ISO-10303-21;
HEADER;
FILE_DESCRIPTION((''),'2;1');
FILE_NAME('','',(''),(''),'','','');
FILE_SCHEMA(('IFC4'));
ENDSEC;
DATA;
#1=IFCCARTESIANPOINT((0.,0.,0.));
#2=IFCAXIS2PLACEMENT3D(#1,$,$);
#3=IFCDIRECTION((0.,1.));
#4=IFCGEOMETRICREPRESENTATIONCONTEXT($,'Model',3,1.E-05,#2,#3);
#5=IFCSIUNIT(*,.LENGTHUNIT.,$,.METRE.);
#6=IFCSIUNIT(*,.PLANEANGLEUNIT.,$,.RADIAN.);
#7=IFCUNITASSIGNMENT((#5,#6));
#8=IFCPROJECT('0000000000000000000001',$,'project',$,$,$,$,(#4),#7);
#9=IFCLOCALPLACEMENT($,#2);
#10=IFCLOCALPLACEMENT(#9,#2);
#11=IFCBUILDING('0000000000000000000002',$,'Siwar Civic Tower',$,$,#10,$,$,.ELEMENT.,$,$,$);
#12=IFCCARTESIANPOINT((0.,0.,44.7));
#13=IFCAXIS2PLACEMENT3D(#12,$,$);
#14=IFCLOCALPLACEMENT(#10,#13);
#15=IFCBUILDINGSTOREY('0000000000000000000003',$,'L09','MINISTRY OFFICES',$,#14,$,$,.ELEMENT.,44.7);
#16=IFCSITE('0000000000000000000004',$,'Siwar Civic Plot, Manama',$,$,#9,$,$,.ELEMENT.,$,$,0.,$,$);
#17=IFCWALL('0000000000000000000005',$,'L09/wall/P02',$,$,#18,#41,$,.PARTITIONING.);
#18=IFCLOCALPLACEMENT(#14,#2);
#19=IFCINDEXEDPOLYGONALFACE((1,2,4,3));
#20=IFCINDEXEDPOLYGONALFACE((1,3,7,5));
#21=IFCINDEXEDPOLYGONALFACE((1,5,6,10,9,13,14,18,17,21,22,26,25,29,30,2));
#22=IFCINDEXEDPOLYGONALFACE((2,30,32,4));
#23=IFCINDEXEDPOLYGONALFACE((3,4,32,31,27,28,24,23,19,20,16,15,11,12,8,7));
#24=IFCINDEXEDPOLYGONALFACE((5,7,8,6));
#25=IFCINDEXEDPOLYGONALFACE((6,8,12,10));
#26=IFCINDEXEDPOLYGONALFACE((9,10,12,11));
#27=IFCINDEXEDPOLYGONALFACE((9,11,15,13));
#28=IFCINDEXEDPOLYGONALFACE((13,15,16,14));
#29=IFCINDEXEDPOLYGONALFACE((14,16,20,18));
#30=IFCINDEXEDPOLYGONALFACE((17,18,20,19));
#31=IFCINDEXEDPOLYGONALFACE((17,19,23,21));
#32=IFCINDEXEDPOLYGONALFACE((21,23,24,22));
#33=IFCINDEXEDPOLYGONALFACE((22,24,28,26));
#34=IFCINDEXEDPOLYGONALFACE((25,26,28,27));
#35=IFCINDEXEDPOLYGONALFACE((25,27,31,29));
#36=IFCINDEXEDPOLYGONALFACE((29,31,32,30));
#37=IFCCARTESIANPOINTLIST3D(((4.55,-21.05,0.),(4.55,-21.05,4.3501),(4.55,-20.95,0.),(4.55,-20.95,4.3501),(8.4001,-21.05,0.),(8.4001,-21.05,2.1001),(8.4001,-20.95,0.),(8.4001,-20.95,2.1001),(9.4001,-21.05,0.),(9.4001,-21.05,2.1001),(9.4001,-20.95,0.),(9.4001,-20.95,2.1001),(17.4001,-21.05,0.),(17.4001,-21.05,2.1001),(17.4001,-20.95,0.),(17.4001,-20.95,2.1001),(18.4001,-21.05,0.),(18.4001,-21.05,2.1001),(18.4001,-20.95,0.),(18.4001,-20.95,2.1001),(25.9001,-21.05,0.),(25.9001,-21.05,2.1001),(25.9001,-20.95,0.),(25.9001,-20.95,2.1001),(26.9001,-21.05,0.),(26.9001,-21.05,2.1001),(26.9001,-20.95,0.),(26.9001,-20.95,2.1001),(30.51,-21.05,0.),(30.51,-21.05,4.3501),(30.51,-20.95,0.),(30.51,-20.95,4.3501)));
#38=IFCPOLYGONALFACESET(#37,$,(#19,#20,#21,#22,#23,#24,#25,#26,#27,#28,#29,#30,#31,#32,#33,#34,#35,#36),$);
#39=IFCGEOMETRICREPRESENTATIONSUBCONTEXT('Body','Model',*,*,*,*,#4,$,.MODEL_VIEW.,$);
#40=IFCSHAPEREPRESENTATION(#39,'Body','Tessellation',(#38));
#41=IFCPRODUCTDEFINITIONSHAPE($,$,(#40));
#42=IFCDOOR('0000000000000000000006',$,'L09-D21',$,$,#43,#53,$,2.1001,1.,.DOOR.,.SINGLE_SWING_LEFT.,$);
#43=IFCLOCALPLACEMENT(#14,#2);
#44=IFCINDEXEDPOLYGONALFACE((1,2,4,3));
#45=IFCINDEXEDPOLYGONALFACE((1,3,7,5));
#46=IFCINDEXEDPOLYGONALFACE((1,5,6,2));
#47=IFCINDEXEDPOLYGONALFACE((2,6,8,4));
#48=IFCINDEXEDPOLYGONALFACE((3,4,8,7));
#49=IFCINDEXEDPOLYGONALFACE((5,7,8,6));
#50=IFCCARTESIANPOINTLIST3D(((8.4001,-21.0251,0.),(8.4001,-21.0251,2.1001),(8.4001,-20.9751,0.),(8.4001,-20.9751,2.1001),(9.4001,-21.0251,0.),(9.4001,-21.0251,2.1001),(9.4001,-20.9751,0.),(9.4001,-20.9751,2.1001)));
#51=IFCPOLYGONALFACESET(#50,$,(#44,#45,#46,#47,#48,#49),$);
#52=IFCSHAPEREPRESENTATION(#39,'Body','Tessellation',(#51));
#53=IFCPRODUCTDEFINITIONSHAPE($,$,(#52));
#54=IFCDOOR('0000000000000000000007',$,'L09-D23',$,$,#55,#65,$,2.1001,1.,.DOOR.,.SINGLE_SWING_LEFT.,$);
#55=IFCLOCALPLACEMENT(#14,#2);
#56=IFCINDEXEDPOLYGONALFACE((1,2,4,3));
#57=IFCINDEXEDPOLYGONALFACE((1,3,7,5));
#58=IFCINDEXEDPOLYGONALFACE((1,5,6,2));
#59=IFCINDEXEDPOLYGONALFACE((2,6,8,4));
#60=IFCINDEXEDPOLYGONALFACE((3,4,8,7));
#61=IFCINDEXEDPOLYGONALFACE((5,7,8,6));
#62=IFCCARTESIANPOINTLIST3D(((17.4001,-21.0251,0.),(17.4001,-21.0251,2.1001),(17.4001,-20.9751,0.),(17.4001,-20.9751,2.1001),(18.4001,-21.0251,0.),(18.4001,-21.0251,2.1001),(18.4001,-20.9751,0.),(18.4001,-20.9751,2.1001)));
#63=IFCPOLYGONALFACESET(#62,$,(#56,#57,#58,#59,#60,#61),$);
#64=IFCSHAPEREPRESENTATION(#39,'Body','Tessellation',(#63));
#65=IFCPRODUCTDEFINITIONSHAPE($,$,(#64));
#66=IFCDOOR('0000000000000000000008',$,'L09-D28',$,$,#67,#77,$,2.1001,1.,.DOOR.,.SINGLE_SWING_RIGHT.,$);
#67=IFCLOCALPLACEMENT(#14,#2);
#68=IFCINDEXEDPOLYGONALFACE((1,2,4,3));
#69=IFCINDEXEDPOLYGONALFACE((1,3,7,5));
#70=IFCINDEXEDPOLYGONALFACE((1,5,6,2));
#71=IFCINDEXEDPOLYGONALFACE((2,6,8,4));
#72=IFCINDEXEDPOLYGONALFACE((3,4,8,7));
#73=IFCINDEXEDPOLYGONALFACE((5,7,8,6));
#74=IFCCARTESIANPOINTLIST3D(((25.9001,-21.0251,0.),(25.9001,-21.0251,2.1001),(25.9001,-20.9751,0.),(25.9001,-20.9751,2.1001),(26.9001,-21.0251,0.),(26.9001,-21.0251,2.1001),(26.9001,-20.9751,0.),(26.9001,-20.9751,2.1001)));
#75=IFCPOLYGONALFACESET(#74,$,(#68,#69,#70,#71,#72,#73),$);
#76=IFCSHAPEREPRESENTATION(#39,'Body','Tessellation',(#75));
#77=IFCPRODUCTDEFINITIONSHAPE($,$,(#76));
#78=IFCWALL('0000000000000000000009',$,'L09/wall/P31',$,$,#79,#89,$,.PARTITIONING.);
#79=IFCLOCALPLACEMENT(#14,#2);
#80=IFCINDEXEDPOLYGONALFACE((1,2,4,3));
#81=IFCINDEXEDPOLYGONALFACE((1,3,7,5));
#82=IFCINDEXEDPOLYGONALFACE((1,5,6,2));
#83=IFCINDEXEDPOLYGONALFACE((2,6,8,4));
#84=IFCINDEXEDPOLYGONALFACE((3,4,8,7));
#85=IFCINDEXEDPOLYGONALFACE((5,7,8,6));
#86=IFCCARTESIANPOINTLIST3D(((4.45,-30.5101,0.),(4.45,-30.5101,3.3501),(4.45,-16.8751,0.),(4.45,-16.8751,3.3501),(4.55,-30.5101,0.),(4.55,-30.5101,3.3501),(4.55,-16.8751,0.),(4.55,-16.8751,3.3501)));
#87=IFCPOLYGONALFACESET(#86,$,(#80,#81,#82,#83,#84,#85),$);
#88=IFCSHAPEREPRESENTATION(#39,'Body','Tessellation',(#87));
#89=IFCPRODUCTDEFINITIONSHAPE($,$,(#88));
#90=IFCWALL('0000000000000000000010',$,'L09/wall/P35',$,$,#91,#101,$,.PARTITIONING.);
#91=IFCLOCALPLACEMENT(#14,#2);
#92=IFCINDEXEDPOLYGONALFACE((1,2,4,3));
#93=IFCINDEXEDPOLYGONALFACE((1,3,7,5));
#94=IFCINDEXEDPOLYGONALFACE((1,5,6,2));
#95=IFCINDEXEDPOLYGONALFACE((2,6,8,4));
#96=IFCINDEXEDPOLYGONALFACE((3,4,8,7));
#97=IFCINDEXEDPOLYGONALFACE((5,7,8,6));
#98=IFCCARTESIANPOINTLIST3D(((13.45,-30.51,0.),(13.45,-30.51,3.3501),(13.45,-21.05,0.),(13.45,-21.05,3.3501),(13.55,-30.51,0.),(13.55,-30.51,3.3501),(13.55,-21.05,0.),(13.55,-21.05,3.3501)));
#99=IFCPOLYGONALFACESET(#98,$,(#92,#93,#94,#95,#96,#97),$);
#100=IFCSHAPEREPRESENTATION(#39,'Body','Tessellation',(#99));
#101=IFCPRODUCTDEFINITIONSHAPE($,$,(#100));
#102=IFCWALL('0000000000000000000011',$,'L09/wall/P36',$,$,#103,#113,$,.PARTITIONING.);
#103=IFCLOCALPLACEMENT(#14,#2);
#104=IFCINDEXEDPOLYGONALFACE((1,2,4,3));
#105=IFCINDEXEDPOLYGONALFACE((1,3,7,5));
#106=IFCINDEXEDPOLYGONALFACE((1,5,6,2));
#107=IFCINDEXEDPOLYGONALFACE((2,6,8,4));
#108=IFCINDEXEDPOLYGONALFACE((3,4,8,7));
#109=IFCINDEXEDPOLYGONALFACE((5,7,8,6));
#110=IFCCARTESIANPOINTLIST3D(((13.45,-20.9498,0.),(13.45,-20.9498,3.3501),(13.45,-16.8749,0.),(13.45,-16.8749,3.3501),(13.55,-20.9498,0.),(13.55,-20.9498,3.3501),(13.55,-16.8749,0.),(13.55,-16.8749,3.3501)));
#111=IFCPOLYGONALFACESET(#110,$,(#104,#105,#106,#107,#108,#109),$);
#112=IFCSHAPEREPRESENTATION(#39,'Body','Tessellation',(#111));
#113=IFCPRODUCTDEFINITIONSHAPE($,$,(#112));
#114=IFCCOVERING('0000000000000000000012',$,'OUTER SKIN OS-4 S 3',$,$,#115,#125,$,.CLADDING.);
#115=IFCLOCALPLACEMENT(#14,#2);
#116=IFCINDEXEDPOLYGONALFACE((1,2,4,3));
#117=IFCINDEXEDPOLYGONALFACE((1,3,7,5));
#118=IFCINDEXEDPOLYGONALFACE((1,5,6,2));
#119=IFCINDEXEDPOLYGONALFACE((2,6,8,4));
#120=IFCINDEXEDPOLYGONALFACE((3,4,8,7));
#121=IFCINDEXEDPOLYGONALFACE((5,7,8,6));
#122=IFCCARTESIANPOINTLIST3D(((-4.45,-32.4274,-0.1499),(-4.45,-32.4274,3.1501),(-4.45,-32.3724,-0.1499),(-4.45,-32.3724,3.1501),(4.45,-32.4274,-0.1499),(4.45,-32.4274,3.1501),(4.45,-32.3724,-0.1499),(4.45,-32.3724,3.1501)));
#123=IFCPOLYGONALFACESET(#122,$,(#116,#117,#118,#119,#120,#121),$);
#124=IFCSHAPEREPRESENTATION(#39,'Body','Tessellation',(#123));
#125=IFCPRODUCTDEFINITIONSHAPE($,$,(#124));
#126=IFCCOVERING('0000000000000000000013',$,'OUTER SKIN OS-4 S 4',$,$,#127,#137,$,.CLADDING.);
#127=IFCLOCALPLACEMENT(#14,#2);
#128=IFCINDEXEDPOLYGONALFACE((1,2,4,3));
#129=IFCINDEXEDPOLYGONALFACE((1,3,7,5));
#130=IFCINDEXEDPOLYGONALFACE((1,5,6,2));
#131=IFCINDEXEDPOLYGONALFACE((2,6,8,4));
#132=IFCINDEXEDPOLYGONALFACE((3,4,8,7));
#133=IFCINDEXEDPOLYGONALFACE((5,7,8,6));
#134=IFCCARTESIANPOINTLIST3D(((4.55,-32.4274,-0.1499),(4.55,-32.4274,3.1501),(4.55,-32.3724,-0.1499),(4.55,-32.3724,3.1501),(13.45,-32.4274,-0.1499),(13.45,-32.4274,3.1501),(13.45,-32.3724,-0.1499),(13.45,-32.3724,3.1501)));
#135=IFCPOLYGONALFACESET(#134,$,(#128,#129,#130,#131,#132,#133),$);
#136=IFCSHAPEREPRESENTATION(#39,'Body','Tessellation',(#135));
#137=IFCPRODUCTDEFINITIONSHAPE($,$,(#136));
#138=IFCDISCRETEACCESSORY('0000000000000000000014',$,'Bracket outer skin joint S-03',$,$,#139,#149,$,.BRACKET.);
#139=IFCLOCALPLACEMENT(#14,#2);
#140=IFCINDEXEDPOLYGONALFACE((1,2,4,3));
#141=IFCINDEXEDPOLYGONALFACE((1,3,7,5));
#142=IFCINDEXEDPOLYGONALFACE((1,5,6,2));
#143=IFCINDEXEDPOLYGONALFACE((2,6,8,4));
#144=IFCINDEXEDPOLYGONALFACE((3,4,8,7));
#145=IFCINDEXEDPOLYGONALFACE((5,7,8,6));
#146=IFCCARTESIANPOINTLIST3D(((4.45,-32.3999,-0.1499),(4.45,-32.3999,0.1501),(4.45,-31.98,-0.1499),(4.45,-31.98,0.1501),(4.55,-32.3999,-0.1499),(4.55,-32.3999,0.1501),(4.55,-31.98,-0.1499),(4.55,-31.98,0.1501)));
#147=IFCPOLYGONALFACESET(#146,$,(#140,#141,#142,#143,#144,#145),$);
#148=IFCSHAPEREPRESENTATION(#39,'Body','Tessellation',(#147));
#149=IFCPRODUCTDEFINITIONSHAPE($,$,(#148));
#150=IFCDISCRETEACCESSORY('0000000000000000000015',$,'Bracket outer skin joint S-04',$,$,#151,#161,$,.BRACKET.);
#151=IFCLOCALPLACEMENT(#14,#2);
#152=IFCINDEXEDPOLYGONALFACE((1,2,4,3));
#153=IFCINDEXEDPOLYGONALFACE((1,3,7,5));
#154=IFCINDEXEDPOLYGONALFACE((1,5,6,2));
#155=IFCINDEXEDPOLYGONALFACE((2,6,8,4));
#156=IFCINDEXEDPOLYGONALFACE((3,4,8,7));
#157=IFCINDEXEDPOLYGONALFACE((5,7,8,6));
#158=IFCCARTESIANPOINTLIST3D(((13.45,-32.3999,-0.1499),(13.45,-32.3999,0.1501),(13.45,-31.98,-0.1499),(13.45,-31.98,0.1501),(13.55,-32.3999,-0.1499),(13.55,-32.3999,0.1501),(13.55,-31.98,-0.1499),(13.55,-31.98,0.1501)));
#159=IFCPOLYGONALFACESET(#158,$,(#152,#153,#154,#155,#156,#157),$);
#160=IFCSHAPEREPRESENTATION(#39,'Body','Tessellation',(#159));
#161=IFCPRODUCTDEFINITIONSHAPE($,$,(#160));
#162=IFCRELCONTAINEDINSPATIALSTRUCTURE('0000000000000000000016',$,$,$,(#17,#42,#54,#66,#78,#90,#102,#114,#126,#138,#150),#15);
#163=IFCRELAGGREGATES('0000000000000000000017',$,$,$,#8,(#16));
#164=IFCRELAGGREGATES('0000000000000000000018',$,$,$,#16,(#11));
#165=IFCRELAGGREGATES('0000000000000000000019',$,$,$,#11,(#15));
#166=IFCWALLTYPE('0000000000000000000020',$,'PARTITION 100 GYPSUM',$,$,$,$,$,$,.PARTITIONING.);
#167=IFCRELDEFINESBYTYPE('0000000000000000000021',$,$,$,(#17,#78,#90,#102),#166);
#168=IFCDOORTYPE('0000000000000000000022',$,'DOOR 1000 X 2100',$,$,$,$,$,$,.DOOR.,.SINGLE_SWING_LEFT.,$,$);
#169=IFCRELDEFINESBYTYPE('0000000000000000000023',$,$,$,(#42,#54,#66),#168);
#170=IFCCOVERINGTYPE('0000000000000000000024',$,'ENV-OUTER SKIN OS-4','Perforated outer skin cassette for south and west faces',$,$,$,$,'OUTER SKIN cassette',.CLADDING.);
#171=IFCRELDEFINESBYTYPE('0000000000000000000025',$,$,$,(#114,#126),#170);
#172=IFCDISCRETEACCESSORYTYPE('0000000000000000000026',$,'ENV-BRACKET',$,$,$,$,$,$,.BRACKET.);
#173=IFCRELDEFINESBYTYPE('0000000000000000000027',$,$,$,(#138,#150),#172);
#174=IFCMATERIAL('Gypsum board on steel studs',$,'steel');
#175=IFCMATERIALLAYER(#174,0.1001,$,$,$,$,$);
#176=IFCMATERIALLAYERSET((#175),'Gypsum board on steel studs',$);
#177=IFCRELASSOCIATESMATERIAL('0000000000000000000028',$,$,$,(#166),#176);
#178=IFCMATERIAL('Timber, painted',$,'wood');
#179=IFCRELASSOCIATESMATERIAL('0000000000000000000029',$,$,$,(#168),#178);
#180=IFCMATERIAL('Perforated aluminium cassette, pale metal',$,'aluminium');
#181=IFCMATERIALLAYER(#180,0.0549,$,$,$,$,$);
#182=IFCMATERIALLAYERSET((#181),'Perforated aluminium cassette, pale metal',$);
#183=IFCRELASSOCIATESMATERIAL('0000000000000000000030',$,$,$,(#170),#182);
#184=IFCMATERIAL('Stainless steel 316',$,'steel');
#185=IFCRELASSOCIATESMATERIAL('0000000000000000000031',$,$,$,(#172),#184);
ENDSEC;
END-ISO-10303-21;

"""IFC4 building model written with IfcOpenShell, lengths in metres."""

from ifc_helpers import new_model, si_unit, direction, frame, frame_2d, origin, origin_2d, place, context, subcontext, project, spatial, rectangle, extrude, material, layer, layer_set, type_object, element, fill, save


model = new_model("IFC4")

# Units and contexts
model_context = context("Model", 3, precision=1e-05, world=origin(), true_north=direction((0.0, 1.0)))
body_context = subcontext(model_context, "Body", "Model", "MODEL_VIEW")
ifc_project = project(units=[si_unit("LENGTHUNIT", "METRE"), si_unit("PLANEANGLEUNIT", "RADIAN")], contexts=[model_context])

# Site, building, storey
site_placement = place(None, origin())
site = spatial("IfcSite", under=ifc_project, at=site_placement, Name="Siwar Civic Plot, Manama", CompositionType="ELEMENT", RefElevation=0.0)
building_placement = place(site_placement, origin())
building = spatial("IfcBuilding", under=site, at=building_placement, Name="Siwar Civic Tower", CompositionType="ELEMENT")
storey_placement = place(building_placement, frame((0.0, 0.0, 44.7)))
storey = spatial("IfcBuildingStorey", under=building, at=storey_placement, Name="L09", Description="MINISTRY OFFICES", CompositionType="ELEMENT", Elevation=44.7)

# Wall, openings, doors
ifc_material_1 = material(Name="Gypsum board on steel studs", Category="steel")
ifc_layer_1 = layer(ifc_material_1, 0.1001)
ifc_layer_set_1 = layer_set([ifc_layer_1], Name="Gypsum board on steel studs")
wall_type = type_object("IfcWallType", Name="PARTITION 100 GYPSUM", PredefinedType="PARTITIONING", material=ifc_layer_set_1)
wall_1_placement = place(storey_placement, frame((4.55, -21.0, 0.0), z_axis=(0.0, 0.0, 1.0), x_axis=(1.0, 0.0, 0.0)))
wall_1 = element("IfcWall", 1, at=wall_1_placement, inside=storey, type_object=wall_type, Name="L09/wall/P02", PredefinedType="PARTITIONING", context=body_context, shape_type="SweptSolid", body=[
    extrude(rectangle(XDim=25.96, YDim=0.1001, at=frame_2d((12.98, 0.0))), origin(), (0.0, 0.0, 1.0), 4.3501),
])
opening_1_placement = place(wall_1_placement, frame((3.8501, 0.0, 0.0)))
opening_1 = element("IfcOpeningElement", 2, at=opening_1_placement, cuts=wall_1, PredefinedType="OPENING", context=body_context, shape_type="SweptSolid", body=[
    extrude(rectangle(XDim=1.0, YDim=2.1001, at=frame_2d((0.5, 1.05))), frame((0.0, 0.0601, 0.0), z_axis=(0.0, -1.0, 0.0), x_axis=(1.0, 0.0, 0.0)), (0.0, 0.0, 1.0), 0.1201),
])
opening_2_placement = place(wall_1_placement, frame((12.8501, 0.0, 0.0)))
opening_2 = element("IfcOpeningElement", 3, at=opening_2_placement, cuts=wall_1, PredefinedType="OPENING", context=body_context, shape_type="SweptSolid", body=[
    extrude(rectangle(XDim=1.0, YDim=2.1001, at=frame_2d((0.5, 1.05))), frame((0.0, 0.0601, 0.0), z_axis=(0.0, -1.0, 0.0), x_axis=(1.0, 0.0, 0.0)), (0.0, 0.0, 1.0), 0.1201),
])
opening_3_placement = place(wall_1_placement, frame((21.3501, 0.0, 0.0)))
opening_3 = element("IfcOpeningElement", 4, at=opening_3_placement, cuts=wall_1, PredefinedType="OPENING", context=body_context, shape_type="SweptSolid", body=[
    extrude(rectangle(XDim=1.0, YDim=2.1001, at=frame_2d((0.5, 1.05))), frame((0.0, 0.0601, 0.0), z_axis=(0.0, -1.0, 0.0), x_axis=(1.0, 0.0, 0.0)), (0.0, 0.0, 1.0), 0.1201),
])
ifc_material_2 = material(Name="Timber, painted", Category="wood")
door_type = type_object("IfcDoorType", Name="DOOR 1000 X 2100", OperationType="SINGLE_SWING_LEFT", PredefinedType="DOOR", material=ifc_material_2)
door_1_placement = place(opening_1_placement, origin())
door_1 = element("IfcDoor", 5, at=door_1_placement, inside=storey, type_object=door_type, Name="L09-D21", OperationType="SINGLE_SWING_LEFT", OverallHeight=2.1001, OverallWidth=1.0, PredefinedType="DOOR", context=body_context, shape_type="SweptSolid", body=[
    extrude(rectangle(XDim=1.0, YDim=2.1001, at=frame_2d((0.5, 1.05))), frame((0.0, 0.0249, 0.0), z_axis=(0.0, -1.0, 0.0), x_axis=(1.0, 0.0, 0.0)), (0.0, 0.0, 1.0), 0.05),
])
fill(opening_1, door_1)
door_2_placement = place(opening_2_placement, origin())
door_2 = element("IfcDoor", 6, at=door_2_placement, inside=storey, type_object=door_type, Name="L09-D23", OperationType="SINGLE_SWING_LEFT", OverallHeight=2.1001, OverallWidth=1.0, PredefinedType="DOOR", context=body_context, shape_type="SweptSolid", body=[
    extrude(rectangle(XDim=1.0, YDim=2.1001, at=frame_2d((0.5, 1.05))), frame((0.0, 0.0249, 0.0), z_axis=(0.0, -1.0, 0.0), x_axis=(1.0, 0.0, 0.0)), (0.0, 0.0, 1.0), 0.05),
])
fill(opening_2, door_2)
door_3_placement = place(opening_3_placement, origin())
door_3 = element("IfcDoor", 7, at=door_3_placement, inside=storey, type_object=door_type, Name="L09-D28", OperationType="SINGLE_SWING_RIGHT", OverallHeight=2.1001, OverallWidth=1.0, PredefinedType="DOOR", context=body_context, shape_type="SweptSolid", body=[
    extrude(rectangle(XDim=1.0, YDim=2.1001, at=frame_2d((0.5, 1.05))), frame((0.0, 0.0249, 0.0), z_axis=(0.0, -1.0, 0.0), x_axis=(1.0, 0.0, 0.0)), (0.0, 0.0, 1.0), 0.05),
])
fill(opening_3, door_3)

# Walls
wall_2_placement = place(storey_placement, frame((4.5, -30.51, 0.0), z_axis=(0.0, 0.0, 1.0), x_axis=(0.0, 1.0, 0.0)))
element("IfcWall", 8, at=wall_2_placement, inside=storey, type_object=wall_type, Name="L09/wall/P31", PredefinedType="PARTITIONING", context=body_context, shape_type="SweptSolid", body=[
    extrude(rectangle(XDim=13.635, YDim=0.1001, at=frame_2d((6.8174, 0.0))), origin(), (0.0, 0.0, 1.0), 3.3501),
])
wall_3_placement = place(storey_placement, frame((13.5, -30.51, 0.0), z_axis=(0.0, 0.0, 1.0), x_axis=(0.0, 1.0, 0.0)))
element("IfcWall", 9, at=wall_3_placement, inside=storey, type_object=wall_type, Name="L09/wall/P35", PredefinedType="PARTITIONING", context=body_context, shape_type="SweptSolid", body=[
    extrude(rectangle(XDim=9.46, YDim=0.1001, at=frame_2d((4.73, 0.0))), origin(), (0.0, 0.0, 1.0), 3.3501),
])
wall_4_placement = place(storey_placement, frame((13.5, -20.95, 0.0), z_axis=(0.0, 0.0, 1.0), x_axis=(0.0, 1.0, 0.0)))
element("IfcWall", 10, at=wall_4_placement, inside=storey, type_object=wall_type, Name="L09/wall/P36", PredefinedType="PARTITIONING", context=body_context, shape_type="SweptSolid", body=[
    extrude(rectangle(XDim=4.075, YDim=0.1001, at=frame_2d((2.0376, 0.0))), origin(), (0.0, 0.0, 1.0), 3.3501),
])

# Coverings
ifc_material_3 = material(Name="Perforated aluminium cassette, pale metal", Category="aluminium")
ifc_layer_2 = layer(ifc_material_3, 0.0549)
ifc_layer_set_2 = layer_set([ifc_layer_2], Name="Perforated aluminium cassette, pale metal")
covering_type = type_object("IfcCoveringType", Name="ENV-OUTER SKIN OS-4", Description="Perforated outer skin cassette for south and west faces", ElementType="OUTER SKIN cassette", PredefinedType="CLADDING", material=ifc_layer_set_2)
for number, where, z_axis, x_axis, name in (
    (11, (0.0, -32.3999, -0.1499), (0.0, 0.0, 1.0), (1.0, 0.0, 0.0), "OUTER SKIN OS-4 S 3"),
    (12, (9.0, -32.3999, -0.1499), (0.0, 0.0, 1.0), (1.0, 0.0, 0.0), "OUTER SKIN OS-4 S 4"),
):
    element("IfcCovering", number, at=place(storey_placement, frame(where, z_axis=z_axis, x_axis=x_axis)), inside=storey, type_object=covering_type, Name=name, PredefinedType="CLADDING", context=body_context, shape_type="SweptSolid", body=[
        extrude(rectangle(XDim=8.8999, YDim=0.0549, at=origin_2d()), origin(), (0.0, 0.0, 1.0), 3.3),
    ])

# Discrete accessories
ifc_material_4 = material(Name="Stainless steel 316", Category="steel")
discrete_accessory_type = type_object("IfcDiscreteAccessoryType", Name="ENV-BRACKET", PredefinedType="BRACKET", material=ifc_material_4)
for number, where, z_axis, x_axis, name in (
    (13, (4.5, -32.1899, -0.1499), (0.0, 0.0, 1.0), (0.0, -1.0, 0.0), "Bracket outer skin joint S-03"),
    (14, (13.5, -32.1899, -0.1499), (0.0, 0.0, 1.0), (0.0, -1.0, 0.0), "Bracket outer skin joint S-04"),
):
    element("IfcDiscreteAccessory", number, at=place(storey_placement, frame(where, z_axis=z_axis, x_axis=x_axis)), inside=storey, type_object=discrete_accessory_type, Name=name, PredefinedType="BRACKET", context=body_context, shape_type="SweptSolid", body=[
        extrude(rectangle(XDim=0.4199, YDim=0.1001, at=origin_2d()), origin(), (0.0, 0.0, 1.0), 0.3),
    ])

save(model, "model.ifc")
